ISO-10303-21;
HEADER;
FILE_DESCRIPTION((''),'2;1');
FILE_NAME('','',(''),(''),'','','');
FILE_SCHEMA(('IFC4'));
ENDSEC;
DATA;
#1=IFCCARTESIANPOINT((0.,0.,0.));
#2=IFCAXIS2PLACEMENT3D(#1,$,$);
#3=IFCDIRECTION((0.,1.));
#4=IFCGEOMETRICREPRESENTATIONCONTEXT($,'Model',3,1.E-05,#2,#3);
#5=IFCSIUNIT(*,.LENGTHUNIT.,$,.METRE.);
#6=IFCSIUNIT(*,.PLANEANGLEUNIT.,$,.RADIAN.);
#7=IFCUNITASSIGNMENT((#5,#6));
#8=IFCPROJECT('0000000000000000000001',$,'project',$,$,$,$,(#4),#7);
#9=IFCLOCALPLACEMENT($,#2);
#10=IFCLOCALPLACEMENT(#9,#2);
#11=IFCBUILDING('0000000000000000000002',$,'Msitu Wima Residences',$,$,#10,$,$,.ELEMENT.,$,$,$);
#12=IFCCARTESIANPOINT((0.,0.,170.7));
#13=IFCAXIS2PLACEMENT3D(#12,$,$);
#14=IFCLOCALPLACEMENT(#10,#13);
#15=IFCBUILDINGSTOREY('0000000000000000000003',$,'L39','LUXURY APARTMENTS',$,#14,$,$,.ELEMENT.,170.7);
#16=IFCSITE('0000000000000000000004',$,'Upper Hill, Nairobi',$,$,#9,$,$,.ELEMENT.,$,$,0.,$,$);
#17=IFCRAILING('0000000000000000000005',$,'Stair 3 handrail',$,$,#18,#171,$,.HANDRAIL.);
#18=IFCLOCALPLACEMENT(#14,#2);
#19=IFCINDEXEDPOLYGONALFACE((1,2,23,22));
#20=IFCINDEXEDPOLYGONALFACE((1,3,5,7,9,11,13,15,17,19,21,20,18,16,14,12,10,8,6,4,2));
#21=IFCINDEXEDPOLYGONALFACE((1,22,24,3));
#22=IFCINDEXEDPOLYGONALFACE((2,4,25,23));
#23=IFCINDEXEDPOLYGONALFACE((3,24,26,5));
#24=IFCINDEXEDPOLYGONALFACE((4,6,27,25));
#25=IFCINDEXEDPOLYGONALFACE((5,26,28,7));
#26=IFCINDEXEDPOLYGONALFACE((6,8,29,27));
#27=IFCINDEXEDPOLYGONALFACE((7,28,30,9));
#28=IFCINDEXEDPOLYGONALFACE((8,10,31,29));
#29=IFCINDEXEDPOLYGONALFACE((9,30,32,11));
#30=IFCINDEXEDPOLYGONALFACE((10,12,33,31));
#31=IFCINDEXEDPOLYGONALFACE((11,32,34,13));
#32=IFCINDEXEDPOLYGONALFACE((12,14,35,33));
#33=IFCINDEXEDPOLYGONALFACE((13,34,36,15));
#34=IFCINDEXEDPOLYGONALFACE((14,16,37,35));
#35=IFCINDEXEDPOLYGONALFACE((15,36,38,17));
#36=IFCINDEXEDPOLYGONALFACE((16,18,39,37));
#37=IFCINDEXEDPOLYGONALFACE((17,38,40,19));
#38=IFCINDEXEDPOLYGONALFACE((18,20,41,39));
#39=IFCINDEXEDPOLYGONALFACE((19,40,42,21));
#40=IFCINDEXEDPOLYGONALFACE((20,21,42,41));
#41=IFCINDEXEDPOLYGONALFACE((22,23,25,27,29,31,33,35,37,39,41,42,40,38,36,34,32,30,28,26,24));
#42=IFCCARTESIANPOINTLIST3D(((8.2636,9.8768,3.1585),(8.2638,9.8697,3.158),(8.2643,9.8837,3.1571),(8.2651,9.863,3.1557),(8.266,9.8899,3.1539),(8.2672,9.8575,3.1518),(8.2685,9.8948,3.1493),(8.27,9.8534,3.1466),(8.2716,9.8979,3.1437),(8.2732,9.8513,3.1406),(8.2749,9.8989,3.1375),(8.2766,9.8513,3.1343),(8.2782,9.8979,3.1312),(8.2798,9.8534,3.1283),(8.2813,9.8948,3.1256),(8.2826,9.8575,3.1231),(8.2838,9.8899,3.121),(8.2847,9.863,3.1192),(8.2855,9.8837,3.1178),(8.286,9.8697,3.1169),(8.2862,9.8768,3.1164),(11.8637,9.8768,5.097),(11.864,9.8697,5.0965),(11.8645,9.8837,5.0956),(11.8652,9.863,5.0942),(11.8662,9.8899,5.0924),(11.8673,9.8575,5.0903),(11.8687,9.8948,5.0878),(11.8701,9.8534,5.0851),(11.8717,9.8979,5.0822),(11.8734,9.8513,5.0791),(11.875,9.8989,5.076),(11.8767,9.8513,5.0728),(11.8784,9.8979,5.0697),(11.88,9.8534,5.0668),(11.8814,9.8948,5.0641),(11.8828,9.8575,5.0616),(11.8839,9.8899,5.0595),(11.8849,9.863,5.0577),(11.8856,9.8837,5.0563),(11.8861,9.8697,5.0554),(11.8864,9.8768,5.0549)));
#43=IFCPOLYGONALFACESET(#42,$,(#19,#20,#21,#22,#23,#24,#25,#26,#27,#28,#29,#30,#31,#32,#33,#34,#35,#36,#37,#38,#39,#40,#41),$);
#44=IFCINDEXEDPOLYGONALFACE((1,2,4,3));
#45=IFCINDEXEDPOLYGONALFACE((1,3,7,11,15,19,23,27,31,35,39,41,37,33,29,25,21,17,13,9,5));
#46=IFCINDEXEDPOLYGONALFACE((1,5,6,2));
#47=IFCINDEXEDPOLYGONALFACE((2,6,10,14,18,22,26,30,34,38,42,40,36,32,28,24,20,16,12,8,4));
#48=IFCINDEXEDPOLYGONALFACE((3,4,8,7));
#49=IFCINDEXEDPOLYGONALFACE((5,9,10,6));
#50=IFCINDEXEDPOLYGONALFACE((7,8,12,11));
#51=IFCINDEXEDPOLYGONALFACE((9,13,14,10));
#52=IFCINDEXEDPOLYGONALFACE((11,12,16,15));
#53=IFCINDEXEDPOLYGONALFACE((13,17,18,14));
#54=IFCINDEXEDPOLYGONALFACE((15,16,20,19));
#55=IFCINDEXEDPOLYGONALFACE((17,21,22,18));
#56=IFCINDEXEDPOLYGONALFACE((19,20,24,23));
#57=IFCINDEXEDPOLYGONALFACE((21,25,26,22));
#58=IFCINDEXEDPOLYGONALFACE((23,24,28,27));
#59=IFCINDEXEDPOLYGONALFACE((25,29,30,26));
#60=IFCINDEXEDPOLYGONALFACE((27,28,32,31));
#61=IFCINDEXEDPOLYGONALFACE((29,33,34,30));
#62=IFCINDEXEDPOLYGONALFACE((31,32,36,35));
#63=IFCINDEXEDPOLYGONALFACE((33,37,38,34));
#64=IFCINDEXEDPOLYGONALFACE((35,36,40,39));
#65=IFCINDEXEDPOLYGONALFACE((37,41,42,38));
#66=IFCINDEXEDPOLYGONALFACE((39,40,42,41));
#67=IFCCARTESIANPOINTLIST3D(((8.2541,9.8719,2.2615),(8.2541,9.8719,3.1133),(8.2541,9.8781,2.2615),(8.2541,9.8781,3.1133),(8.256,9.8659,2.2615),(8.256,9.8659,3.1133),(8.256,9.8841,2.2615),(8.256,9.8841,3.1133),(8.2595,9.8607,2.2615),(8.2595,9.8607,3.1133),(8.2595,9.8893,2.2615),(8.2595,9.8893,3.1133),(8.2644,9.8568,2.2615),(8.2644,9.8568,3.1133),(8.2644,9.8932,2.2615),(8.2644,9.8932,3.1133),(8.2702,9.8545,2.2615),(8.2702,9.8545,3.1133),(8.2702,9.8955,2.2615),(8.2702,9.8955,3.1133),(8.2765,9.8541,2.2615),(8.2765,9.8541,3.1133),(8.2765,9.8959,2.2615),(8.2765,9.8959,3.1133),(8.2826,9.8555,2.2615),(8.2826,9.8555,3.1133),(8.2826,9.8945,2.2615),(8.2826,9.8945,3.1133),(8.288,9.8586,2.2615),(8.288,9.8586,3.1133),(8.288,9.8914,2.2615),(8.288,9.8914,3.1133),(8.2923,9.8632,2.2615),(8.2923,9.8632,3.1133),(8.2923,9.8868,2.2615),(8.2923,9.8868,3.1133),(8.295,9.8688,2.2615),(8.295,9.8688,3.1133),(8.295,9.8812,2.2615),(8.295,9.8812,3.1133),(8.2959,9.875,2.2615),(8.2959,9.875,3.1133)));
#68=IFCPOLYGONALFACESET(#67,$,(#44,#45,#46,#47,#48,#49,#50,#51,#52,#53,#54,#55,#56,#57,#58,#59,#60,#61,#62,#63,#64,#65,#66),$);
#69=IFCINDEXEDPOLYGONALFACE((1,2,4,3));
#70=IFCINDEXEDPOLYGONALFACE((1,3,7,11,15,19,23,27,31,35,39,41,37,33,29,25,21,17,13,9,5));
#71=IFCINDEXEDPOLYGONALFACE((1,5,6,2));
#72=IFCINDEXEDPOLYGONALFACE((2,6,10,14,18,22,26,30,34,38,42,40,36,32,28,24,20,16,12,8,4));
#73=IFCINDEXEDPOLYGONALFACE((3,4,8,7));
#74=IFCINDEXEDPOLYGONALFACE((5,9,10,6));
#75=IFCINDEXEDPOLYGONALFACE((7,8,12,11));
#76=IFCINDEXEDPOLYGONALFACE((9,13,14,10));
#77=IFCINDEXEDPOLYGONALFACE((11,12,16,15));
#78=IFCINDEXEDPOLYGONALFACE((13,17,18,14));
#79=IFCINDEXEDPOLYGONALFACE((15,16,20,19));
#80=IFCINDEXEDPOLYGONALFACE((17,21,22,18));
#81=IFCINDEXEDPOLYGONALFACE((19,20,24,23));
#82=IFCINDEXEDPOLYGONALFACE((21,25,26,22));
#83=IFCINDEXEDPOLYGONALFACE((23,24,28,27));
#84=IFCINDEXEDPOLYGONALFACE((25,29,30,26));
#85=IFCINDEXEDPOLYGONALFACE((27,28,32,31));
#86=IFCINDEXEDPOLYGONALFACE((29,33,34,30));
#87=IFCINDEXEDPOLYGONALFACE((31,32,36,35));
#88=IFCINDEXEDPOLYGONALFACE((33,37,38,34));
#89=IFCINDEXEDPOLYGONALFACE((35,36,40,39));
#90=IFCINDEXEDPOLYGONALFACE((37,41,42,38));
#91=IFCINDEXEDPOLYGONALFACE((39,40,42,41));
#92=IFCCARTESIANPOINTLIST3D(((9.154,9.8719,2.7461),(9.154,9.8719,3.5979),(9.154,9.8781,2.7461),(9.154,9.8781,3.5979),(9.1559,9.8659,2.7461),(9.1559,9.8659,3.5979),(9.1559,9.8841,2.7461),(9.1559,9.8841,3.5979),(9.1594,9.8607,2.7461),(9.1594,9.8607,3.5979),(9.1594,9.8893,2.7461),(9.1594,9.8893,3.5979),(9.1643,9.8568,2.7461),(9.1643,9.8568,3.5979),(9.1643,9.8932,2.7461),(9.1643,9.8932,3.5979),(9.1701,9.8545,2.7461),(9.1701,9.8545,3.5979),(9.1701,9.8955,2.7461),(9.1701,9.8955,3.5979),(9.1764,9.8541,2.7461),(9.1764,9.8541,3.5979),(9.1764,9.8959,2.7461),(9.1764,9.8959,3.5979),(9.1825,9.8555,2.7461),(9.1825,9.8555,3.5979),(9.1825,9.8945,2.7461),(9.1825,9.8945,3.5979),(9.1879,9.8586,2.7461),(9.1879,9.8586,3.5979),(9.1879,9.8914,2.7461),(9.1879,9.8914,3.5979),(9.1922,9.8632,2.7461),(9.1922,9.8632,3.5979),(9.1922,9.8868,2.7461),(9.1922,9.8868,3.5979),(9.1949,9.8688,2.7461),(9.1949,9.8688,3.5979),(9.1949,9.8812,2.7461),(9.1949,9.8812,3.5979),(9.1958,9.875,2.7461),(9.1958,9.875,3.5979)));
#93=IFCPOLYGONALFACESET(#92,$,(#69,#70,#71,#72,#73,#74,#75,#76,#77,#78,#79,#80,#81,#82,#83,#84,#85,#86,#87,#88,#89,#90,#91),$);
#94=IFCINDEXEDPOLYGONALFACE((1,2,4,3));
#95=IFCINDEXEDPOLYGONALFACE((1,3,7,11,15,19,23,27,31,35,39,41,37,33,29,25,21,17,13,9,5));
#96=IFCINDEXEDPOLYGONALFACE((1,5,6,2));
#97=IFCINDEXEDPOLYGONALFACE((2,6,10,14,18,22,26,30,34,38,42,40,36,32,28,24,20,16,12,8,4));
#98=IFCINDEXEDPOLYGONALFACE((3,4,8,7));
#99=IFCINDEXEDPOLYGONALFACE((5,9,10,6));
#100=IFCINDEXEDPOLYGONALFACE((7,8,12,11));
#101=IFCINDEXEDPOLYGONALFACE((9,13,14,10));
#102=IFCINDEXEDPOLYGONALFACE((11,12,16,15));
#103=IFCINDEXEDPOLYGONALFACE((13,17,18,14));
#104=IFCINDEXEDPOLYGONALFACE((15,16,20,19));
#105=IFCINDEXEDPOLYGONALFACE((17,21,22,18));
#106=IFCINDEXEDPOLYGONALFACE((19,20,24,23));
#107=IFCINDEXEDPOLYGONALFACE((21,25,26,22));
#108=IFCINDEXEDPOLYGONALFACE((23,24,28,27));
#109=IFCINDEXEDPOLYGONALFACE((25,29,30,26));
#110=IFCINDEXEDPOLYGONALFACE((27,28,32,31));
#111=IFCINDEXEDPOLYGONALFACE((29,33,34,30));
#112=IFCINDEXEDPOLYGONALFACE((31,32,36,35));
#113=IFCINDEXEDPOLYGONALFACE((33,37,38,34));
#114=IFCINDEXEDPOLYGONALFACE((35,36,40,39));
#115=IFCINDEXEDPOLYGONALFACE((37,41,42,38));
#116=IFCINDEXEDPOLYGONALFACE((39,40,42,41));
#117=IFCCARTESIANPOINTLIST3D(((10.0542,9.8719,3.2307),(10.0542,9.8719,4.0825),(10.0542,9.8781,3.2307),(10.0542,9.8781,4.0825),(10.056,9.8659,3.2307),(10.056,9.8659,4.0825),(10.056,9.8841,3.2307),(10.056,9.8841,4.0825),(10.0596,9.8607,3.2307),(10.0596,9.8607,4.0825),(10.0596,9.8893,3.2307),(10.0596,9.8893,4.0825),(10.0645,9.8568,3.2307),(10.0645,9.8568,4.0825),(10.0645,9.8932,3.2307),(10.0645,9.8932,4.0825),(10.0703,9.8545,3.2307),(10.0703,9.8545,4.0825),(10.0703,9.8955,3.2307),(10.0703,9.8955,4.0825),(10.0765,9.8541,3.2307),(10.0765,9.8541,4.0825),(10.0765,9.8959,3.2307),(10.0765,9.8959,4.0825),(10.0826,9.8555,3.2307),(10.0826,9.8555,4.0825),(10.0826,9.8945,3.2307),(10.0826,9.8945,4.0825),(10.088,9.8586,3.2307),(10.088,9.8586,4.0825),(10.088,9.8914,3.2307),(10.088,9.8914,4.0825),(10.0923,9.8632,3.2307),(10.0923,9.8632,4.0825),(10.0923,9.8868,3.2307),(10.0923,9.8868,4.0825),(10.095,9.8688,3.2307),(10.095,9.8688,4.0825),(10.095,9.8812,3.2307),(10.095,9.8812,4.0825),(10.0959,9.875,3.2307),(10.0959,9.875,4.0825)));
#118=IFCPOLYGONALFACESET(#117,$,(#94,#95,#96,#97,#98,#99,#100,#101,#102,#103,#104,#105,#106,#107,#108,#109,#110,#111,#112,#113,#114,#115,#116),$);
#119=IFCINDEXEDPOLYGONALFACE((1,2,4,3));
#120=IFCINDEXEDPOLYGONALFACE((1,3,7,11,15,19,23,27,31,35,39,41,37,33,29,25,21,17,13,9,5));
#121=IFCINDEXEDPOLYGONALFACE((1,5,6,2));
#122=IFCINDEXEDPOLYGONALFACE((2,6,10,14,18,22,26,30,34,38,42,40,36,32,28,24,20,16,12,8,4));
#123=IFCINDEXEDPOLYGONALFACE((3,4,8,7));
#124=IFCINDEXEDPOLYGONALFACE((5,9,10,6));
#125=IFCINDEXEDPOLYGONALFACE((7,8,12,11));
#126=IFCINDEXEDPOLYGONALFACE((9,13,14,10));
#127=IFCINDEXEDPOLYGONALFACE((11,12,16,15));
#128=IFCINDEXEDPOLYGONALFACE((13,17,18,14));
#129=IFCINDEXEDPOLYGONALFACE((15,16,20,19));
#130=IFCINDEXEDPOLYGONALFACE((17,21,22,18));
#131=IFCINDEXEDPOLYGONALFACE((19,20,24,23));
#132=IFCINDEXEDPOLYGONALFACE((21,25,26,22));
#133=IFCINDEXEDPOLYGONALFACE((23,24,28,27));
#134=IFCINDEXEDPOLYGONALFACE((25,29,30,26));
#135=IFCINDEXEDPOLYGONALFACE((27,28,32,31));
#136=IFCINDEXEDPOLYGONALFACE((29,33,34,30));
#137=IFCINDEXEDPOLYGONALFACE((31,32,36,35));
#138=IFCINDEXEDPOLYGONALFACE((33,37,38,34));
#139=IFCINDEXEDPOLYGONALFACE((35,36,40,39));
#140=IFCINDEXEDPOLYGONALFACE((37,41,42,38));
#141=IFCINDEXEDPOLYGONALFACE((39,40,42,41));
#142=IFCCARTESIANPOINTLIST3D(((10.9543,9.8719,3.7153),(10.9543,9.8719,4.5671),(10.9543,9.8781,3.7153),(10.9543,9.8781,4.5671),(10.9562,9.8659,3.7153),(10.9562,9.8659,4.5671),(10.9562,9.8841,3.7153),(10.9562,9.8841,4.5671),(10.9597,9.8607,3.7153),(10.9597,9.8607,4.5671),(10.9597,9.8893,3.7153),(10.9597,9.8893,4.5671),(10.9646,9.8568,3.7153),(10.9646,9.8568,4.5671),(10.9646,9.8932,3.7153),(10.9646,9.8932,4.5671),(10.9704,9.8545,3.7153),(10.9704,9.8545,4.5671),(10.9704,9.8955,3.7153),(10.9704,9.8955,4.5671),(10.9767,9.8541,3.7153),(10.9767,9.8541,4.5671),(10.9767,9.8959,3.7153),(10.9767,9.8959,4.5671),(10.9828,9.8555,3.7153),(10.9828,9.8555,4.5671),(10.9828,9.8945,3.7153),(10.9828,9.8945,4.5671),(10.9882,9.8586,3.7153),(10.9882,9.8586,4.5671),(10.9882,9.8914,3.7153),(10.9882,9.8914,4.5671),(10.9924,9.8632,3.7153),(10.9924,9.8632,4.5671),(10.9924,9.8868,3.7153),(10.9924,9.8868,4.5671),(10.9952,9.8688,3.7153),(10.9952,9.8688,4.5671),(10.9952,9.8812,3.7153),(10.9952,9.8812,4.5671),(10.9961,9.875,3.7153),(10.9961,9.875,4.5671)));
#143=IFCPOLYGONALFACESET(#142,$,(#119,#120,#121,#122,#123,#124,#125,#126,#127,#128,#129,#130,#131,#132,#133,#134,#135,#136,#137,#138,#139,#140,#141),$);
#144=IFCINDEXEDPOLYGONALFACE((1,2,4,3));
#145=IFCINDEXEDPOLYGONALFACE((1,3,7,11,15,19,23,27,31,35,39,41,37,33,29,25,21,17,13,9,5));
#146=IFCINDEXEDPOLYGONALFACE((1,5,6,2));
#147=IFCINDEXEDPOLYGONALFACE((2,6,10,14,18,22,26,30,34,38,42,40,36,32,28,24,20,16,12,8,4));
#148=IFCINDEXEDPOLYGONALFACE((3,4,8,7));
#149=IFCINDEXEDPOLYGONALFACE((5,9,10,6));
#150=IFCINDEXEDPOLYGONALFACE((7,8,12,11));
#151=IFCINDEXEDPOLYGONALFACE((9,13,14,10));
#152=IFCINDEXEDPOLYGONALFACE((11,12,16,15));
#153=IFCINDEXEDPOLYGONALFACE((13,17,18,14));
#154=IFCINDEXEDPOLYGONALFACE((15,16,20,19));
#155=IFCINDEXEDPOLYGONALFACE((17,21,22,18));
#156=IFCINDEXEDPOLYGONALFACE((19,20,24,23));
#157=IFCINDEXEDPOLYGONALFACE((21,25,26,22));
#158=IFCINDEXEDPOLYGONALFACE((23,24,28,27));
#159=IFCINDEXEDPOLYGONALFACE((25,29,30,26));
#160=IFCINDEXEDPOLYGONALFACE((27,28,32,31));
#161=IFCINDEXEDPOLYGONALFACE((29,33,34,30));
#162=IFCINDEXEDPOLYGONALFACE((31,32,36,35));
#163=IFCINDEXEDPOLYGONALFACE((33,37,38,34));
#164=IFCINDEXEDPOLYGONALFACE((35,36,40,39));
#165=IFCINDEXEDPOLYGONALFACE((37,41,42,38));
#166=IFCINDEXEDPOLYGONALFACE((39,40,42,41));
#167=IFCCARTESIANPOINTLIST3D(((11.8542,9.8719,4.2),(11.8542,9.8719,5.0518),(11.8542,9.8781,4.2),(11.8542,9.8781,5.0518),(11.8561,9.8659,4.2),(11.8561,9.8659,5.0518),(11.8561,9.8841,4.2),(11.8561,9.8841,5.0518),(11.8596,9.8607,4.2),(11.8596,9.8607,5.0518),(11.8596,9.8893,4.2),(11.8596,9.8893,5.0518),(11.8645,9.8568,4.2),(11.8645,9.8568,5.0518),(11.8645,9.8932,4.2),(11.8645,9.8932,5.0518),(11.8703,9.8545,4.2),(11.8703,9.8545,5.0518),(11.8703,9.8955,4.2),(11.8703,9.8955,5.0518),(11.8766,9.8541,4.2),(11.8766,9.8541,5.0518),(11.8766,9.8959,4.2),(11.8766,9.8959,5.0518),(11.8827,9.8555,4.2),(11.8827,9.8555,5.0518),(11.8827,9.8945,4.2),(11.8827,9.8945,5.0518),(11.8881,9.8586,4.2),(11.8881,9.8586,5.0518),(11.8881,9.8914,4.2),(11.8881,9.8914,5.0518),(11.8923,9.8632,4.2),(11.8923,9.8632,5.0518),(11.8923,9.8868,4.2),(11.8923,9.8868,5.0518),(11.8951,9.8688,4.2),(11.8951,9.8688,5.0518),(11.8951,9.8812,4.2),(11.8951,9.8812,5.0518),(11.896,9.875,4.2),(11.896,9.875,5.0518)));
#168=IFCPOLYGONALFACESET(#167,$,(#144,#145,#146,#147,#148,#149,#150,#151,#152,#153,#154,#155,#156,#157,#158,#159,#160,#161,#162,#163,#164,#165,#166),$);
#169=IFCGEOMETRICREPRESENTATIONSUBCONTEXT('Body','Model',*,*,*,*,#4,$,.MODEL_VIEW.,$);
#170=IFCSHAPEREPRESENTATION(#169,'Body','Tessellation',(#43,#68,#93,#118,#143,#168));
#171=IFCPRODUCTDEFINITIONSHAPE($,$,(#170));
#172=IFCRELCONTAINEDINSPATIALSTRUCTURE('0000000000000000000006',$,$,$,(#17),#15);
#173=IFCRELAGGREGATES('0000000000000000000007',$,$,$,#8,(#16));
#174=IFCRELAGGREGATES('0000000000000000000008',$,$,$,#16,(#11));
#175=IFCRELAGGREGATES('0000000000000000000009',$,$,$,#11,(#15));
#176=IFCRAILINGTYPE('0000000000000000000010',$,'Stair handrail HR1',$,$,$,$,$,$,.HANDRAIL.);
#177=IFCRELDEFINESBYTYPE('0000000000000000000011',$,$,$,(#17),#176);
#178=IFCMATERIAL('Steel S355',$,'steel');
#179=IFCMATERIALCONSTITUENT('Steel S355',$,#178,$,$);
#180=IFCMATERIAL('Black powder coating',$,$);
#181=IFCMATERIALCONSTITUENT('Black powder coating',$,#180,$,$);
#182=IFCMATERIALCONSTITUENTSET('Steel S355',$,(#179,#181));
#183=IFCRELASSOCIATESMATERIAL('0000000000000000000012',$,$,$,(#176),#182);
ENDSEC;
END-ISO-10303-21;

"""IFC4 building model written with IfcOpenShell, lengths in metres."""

from ifc_helpers import new_model, si_unit, direction, frame, origin, origin_2d, place, context, subcontext, project, spatial, circle, extrude, material, constituent, constituent_set, type_object, element, save


model = new_model("IFC4")

# Units and contexts
model_context = context("Model", 3, precision=1e-05, world=origin(), true_north=direction((0.0, 1.0)))
body_context = subcontext(model_context, "Body", "Model", "MODEL_VIEW")
ifc_project = project(units=[si_unit("LENGTHUNIT", "METRE"), si_unit("PLANEANGLEUNIT", "RADIAN")], contexts=[model_context])

# Site, building, storey
site_placement = place(None, origin())
site = spatial("IfcSite", under=ifc_project, at=site_placement, Name="Upper Hill, Nairobi", CompositionType="ELEMENT", RefElevation=0.0)
building_placement = place(site_placement, origin())
building = spatial("IfcBuilding", under=site, at=building_placement, Name="Msitu Wima Residences", CompositionType="ELEMENT")
storey_placement = place(building_placement, frame((0.0, 0.0, 170.7)))
storey = spatial("IfcBuildingStorey", under=building, at=storey_placement, Name="L39", Description="LUXURY APARTMENTS", CompositionType="ELEMENT", Elevation=170.7)

# Railing
ifc_material_1 = material(Name="Steel S355", Category="steel")
ifc_constituent_1 = constituent(ifc_material_1, Name="Steel S355")
ifc_material_2 = material(Name="Black powder coating")
ifc_constituent_2 = constituent(ifc_material_2, Name="Black powder coating")
ifc_constituent_set = constituent_set(constituents=[ifc_constituent_1, ifc_constituent_2], Name="Steel S355")
railing_type = type_object("IfcRailingType", Name="Stair handrail HR1", PredefinedType="HANDRAIL", material=ifc_constituent_set)
for number, where, name in (
    (1, (8.2749, 9.875, 2.2615), "Stair 3 handrail"),
):
    element("IfcRailing", number, at=place(storey_placement, frame(where)), inside=storey, type_object=railing_type, Name=name, PredefinedType="HANDRAIL", context=body_context, shape_type="SweptSolid", body=[
        extrude(circle(Radius=0.0239, at=origin_2d()), frame((0.0, 0.0, 0.876), z_axis=(0.880475, 0.0, 0.474093), x_axis=(0.0, 1.0, 0.0)), (0.0, 0.0, 1.0), 4.0889),
        extrude(circle(Radius=0.021, at=origin_2d()), origin(), (0.0, 0.0, 1.0), 0.8518),
        extrude(circle(Radius=0.021, at=origin_2d()), frame((0.8999, 0.0, 0.4846)), (0.0, 0.0, 1.0), 0.8518),
        extrude(circle(Radius=0.021, at=origin_2d()), frame((1.8, 0.0, 0.9692)), (0.0, 0.0, 1.0), 0.8518),
        extrude(circle(Radius=0.021, at=origin_2d()), frame((2.7002, 0.0, 1.4539)), (0.0, 0.0, 1.0), 0.8518),
        extrude(circle(Radius=0.021, at=origin_2d()), frame((3.6001, 0.0, 1.9385)), (0.0, 0.0, 1.0), 0.8518),
    ])

save(model, "model.ifc")
